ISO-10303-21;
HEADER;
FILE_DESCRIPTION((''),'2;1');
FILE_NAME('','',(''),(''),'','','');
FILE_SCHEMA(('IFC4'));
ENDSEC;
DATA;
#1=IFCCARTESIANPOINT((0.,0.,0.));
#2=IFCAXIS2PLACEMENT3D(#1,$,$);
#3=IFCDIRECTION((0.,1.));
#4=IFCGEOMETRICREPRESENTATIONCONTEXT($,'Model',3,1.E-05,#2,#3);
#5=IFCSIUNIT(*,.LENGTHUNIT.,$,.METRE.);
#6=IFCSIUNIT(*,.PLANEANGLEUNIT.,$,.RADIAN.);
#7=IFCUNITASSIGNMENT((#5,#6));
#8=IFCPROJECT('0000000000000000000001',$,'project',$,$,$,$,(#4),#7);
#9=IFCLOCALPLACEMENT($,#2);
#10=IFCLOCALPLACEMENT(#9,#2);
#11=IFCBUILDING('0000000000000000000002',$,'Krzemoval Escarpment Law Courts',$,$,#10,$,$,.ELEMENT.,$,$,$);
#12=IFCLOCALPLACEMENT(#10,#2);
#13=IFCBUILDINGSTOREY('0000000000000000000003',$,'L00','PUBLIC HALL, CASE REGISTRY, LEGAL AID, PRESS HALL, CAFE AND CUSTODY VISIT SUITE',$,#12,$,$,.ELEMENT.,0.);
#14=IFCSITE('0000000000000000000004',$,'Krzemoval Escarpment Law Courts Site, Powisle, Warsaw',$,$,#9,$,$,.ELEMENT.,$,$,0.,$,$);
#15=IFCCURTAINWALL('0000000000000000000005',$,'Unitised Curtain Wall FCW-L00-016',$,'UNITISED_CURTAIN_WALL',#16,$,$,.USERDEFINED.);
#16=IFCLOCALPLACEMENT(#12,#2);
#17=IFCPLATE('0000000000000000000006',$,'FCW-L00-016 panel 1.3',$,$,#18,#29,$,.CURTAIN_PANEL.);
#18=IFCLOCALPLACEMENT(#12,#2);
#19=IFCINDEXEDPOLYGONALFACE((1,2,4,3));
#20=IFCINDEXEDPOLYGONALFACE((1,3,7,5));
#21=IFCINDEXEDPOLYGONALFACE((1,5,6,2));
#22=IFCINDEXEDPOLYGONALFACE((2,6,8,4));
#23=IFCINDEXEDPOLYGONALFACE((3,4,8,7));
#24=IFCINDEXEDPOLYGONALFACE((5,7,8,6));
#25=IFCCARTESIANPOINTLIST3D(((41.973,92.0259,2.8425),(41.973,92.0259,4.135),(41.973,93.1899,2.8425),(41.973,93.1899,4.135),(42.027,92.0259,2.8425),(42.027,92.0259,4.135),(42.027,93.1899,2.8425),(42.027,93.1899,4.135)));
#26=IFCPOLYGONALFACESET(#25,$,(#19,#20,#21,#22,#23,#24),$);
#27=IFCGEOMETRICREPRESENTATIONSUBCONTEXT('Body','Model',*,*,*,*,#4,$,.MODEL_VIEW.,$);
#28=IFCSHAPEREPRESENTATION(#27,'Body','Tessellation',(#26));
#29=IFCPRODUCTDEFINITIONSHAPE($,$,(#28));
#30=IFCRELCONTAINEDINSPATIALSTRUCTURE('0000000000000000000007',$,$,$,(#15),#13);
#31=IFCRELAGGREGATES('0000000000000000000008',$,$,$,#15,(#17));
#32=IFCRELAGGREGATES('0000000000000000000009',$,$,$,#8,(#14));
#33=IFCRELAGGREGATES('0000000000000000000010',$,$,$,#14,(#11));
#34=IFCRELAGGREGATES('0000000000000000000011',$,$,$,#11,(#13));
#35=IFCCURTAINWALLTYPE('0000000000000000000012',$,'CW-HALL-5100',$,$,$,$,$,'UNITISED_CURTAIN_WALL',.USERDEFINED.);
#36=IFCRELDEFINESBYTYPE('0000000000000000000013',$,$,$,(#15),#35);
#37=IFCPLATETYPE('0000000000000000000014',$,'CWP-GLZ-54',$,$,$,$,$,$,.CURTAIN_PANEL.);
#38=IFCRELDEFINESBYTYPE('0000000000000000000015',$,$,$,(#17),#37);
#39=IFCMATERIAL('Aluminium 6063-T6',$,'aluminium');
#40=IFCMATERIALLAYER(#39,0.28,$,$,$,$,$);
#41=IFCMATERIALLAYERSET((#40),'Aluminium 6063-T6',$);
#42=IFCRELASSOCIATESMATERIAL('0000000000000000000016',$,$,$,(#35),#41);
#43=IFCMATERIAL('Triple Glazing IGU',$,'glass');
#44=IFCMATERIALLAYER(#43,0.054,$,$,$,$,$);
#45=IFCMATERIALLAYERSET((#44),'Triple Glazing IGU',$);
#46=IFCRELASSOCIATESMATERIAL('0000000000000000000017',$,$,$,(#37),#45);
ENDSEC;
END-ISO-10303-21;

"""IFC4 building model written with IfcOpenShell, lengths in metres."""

from ifc_helpers import new_model, si_unit, direction, frame, origin, origin_2d, place, context, subcontext, project, spatial, rectangle, extrude, material, layer, layer_set, type_object, element, aggregate, save


model = new_model("IFC4")

# Units and contexts
model_context = context("Model", 3, precision=1e-05, world=origin(), true_north=direction((0.0, 1.0)))
body_context = subcontext(model_context, "Body", "Model", "MODEL_VIEW")
ifc_project = project(units=[si_unit("LENGTHUNIT", "METRE"), si_unit("PLANEANGLEUNIT", "RADIAN")], contexts=[model_context])

# Site, building, storey
site_placement = place(None, origin())
site = spatial("IfcSite", under=ifc_project, at=site_placement, Name="Krzemoval Escarpment Law Courts Site, Powisle, Warsaw", CompositionType="ELEMENT", RefElevation=0.0)
building_placement = place(site_placement, origin())
building = spatial("IfcBuilding", under=site, at=building_placement, Name="Krzemoval Escarpment Law Courts", CompositionType="ELEMENT")
storey_placement = place(building_placement, origin())
storey = spatial("IfcBuildingStorey", under=building, at=storey_placement, Name="L00", Description="PUBLIC HALL, CASE REGISTRY, LEGAL AID, PRESS HALL, CAFE AND CUSTODY VISIT SUITE", CompositionType="ELEMENT", Elevation=0.0)

# Curtain wall
ifc_material_1 = material(Name="Aluminium 6063-T6", Category="aluminium")
ifc_layer_1 = layer(ifc_material_1, 0.28)
ifc_layer_set_1 = layer_set([ifc_layer_1], Name="Aluminium 6063-T6")
curtain_wall_type = type_object("IfcCurtainWallType", Name="CW-HALL-5100", ElementType="UNITISED_CURTAIN_WALL", PredefinedType="USERDEFINED", material=ifc_layer_set_1)
curtain_wall_1_placement = place(storey_placement, origin())
curtain_wall_1 = element("IfcCurtainWall", 1, at=curtain_wall_1_placement, inside=storey, type_object=curtain_wall_type, Name="Unitised Curtain Wall FCW-L00-016", ObjectType="UNITISED_CURTAIN_WALL", PredefinedType="USERDEFINED")

# Plate
ifc_material_2 = material(Name="Triple Glazing IGU", Category="glass")
ifc_layer_2 = layer(ifc_material_2, 0.054)
ifc_layer_set_2 = layer_set([ifc_layer_2], Name="Triple Glazing IGU")
plate_type = type_object("IfcPlateType", Name="CWP-GLZ-54", PredefinedType="CURTAIN_PANEL", material=ifc_layer_set_2)
plate_1_placement = place(storey_placement, frame((42.0, 92.6079, 2.8425), z_axis=(0.0, 0.0, 1.0), x_axis=(0.0, -1.0, 0.0)))
plate_1 = element("IfcPlate", 2, at=plate_1_placement, type_object=plate_type, Name="FCW-L00-016 panel 1.3", PredefinedType="CURTAIN_PANEL", context=body_context, shape_type="SweptSolid", body=[
    extrude(rectangle(XDim=1.1641, YDim=0.054, at=origin_2d()), origin(), (0.0, 0.0, 1.0), 1.2925),
])
aggregate(curtain_wall_1, [plate_1])

save(model, "model.ifc")
